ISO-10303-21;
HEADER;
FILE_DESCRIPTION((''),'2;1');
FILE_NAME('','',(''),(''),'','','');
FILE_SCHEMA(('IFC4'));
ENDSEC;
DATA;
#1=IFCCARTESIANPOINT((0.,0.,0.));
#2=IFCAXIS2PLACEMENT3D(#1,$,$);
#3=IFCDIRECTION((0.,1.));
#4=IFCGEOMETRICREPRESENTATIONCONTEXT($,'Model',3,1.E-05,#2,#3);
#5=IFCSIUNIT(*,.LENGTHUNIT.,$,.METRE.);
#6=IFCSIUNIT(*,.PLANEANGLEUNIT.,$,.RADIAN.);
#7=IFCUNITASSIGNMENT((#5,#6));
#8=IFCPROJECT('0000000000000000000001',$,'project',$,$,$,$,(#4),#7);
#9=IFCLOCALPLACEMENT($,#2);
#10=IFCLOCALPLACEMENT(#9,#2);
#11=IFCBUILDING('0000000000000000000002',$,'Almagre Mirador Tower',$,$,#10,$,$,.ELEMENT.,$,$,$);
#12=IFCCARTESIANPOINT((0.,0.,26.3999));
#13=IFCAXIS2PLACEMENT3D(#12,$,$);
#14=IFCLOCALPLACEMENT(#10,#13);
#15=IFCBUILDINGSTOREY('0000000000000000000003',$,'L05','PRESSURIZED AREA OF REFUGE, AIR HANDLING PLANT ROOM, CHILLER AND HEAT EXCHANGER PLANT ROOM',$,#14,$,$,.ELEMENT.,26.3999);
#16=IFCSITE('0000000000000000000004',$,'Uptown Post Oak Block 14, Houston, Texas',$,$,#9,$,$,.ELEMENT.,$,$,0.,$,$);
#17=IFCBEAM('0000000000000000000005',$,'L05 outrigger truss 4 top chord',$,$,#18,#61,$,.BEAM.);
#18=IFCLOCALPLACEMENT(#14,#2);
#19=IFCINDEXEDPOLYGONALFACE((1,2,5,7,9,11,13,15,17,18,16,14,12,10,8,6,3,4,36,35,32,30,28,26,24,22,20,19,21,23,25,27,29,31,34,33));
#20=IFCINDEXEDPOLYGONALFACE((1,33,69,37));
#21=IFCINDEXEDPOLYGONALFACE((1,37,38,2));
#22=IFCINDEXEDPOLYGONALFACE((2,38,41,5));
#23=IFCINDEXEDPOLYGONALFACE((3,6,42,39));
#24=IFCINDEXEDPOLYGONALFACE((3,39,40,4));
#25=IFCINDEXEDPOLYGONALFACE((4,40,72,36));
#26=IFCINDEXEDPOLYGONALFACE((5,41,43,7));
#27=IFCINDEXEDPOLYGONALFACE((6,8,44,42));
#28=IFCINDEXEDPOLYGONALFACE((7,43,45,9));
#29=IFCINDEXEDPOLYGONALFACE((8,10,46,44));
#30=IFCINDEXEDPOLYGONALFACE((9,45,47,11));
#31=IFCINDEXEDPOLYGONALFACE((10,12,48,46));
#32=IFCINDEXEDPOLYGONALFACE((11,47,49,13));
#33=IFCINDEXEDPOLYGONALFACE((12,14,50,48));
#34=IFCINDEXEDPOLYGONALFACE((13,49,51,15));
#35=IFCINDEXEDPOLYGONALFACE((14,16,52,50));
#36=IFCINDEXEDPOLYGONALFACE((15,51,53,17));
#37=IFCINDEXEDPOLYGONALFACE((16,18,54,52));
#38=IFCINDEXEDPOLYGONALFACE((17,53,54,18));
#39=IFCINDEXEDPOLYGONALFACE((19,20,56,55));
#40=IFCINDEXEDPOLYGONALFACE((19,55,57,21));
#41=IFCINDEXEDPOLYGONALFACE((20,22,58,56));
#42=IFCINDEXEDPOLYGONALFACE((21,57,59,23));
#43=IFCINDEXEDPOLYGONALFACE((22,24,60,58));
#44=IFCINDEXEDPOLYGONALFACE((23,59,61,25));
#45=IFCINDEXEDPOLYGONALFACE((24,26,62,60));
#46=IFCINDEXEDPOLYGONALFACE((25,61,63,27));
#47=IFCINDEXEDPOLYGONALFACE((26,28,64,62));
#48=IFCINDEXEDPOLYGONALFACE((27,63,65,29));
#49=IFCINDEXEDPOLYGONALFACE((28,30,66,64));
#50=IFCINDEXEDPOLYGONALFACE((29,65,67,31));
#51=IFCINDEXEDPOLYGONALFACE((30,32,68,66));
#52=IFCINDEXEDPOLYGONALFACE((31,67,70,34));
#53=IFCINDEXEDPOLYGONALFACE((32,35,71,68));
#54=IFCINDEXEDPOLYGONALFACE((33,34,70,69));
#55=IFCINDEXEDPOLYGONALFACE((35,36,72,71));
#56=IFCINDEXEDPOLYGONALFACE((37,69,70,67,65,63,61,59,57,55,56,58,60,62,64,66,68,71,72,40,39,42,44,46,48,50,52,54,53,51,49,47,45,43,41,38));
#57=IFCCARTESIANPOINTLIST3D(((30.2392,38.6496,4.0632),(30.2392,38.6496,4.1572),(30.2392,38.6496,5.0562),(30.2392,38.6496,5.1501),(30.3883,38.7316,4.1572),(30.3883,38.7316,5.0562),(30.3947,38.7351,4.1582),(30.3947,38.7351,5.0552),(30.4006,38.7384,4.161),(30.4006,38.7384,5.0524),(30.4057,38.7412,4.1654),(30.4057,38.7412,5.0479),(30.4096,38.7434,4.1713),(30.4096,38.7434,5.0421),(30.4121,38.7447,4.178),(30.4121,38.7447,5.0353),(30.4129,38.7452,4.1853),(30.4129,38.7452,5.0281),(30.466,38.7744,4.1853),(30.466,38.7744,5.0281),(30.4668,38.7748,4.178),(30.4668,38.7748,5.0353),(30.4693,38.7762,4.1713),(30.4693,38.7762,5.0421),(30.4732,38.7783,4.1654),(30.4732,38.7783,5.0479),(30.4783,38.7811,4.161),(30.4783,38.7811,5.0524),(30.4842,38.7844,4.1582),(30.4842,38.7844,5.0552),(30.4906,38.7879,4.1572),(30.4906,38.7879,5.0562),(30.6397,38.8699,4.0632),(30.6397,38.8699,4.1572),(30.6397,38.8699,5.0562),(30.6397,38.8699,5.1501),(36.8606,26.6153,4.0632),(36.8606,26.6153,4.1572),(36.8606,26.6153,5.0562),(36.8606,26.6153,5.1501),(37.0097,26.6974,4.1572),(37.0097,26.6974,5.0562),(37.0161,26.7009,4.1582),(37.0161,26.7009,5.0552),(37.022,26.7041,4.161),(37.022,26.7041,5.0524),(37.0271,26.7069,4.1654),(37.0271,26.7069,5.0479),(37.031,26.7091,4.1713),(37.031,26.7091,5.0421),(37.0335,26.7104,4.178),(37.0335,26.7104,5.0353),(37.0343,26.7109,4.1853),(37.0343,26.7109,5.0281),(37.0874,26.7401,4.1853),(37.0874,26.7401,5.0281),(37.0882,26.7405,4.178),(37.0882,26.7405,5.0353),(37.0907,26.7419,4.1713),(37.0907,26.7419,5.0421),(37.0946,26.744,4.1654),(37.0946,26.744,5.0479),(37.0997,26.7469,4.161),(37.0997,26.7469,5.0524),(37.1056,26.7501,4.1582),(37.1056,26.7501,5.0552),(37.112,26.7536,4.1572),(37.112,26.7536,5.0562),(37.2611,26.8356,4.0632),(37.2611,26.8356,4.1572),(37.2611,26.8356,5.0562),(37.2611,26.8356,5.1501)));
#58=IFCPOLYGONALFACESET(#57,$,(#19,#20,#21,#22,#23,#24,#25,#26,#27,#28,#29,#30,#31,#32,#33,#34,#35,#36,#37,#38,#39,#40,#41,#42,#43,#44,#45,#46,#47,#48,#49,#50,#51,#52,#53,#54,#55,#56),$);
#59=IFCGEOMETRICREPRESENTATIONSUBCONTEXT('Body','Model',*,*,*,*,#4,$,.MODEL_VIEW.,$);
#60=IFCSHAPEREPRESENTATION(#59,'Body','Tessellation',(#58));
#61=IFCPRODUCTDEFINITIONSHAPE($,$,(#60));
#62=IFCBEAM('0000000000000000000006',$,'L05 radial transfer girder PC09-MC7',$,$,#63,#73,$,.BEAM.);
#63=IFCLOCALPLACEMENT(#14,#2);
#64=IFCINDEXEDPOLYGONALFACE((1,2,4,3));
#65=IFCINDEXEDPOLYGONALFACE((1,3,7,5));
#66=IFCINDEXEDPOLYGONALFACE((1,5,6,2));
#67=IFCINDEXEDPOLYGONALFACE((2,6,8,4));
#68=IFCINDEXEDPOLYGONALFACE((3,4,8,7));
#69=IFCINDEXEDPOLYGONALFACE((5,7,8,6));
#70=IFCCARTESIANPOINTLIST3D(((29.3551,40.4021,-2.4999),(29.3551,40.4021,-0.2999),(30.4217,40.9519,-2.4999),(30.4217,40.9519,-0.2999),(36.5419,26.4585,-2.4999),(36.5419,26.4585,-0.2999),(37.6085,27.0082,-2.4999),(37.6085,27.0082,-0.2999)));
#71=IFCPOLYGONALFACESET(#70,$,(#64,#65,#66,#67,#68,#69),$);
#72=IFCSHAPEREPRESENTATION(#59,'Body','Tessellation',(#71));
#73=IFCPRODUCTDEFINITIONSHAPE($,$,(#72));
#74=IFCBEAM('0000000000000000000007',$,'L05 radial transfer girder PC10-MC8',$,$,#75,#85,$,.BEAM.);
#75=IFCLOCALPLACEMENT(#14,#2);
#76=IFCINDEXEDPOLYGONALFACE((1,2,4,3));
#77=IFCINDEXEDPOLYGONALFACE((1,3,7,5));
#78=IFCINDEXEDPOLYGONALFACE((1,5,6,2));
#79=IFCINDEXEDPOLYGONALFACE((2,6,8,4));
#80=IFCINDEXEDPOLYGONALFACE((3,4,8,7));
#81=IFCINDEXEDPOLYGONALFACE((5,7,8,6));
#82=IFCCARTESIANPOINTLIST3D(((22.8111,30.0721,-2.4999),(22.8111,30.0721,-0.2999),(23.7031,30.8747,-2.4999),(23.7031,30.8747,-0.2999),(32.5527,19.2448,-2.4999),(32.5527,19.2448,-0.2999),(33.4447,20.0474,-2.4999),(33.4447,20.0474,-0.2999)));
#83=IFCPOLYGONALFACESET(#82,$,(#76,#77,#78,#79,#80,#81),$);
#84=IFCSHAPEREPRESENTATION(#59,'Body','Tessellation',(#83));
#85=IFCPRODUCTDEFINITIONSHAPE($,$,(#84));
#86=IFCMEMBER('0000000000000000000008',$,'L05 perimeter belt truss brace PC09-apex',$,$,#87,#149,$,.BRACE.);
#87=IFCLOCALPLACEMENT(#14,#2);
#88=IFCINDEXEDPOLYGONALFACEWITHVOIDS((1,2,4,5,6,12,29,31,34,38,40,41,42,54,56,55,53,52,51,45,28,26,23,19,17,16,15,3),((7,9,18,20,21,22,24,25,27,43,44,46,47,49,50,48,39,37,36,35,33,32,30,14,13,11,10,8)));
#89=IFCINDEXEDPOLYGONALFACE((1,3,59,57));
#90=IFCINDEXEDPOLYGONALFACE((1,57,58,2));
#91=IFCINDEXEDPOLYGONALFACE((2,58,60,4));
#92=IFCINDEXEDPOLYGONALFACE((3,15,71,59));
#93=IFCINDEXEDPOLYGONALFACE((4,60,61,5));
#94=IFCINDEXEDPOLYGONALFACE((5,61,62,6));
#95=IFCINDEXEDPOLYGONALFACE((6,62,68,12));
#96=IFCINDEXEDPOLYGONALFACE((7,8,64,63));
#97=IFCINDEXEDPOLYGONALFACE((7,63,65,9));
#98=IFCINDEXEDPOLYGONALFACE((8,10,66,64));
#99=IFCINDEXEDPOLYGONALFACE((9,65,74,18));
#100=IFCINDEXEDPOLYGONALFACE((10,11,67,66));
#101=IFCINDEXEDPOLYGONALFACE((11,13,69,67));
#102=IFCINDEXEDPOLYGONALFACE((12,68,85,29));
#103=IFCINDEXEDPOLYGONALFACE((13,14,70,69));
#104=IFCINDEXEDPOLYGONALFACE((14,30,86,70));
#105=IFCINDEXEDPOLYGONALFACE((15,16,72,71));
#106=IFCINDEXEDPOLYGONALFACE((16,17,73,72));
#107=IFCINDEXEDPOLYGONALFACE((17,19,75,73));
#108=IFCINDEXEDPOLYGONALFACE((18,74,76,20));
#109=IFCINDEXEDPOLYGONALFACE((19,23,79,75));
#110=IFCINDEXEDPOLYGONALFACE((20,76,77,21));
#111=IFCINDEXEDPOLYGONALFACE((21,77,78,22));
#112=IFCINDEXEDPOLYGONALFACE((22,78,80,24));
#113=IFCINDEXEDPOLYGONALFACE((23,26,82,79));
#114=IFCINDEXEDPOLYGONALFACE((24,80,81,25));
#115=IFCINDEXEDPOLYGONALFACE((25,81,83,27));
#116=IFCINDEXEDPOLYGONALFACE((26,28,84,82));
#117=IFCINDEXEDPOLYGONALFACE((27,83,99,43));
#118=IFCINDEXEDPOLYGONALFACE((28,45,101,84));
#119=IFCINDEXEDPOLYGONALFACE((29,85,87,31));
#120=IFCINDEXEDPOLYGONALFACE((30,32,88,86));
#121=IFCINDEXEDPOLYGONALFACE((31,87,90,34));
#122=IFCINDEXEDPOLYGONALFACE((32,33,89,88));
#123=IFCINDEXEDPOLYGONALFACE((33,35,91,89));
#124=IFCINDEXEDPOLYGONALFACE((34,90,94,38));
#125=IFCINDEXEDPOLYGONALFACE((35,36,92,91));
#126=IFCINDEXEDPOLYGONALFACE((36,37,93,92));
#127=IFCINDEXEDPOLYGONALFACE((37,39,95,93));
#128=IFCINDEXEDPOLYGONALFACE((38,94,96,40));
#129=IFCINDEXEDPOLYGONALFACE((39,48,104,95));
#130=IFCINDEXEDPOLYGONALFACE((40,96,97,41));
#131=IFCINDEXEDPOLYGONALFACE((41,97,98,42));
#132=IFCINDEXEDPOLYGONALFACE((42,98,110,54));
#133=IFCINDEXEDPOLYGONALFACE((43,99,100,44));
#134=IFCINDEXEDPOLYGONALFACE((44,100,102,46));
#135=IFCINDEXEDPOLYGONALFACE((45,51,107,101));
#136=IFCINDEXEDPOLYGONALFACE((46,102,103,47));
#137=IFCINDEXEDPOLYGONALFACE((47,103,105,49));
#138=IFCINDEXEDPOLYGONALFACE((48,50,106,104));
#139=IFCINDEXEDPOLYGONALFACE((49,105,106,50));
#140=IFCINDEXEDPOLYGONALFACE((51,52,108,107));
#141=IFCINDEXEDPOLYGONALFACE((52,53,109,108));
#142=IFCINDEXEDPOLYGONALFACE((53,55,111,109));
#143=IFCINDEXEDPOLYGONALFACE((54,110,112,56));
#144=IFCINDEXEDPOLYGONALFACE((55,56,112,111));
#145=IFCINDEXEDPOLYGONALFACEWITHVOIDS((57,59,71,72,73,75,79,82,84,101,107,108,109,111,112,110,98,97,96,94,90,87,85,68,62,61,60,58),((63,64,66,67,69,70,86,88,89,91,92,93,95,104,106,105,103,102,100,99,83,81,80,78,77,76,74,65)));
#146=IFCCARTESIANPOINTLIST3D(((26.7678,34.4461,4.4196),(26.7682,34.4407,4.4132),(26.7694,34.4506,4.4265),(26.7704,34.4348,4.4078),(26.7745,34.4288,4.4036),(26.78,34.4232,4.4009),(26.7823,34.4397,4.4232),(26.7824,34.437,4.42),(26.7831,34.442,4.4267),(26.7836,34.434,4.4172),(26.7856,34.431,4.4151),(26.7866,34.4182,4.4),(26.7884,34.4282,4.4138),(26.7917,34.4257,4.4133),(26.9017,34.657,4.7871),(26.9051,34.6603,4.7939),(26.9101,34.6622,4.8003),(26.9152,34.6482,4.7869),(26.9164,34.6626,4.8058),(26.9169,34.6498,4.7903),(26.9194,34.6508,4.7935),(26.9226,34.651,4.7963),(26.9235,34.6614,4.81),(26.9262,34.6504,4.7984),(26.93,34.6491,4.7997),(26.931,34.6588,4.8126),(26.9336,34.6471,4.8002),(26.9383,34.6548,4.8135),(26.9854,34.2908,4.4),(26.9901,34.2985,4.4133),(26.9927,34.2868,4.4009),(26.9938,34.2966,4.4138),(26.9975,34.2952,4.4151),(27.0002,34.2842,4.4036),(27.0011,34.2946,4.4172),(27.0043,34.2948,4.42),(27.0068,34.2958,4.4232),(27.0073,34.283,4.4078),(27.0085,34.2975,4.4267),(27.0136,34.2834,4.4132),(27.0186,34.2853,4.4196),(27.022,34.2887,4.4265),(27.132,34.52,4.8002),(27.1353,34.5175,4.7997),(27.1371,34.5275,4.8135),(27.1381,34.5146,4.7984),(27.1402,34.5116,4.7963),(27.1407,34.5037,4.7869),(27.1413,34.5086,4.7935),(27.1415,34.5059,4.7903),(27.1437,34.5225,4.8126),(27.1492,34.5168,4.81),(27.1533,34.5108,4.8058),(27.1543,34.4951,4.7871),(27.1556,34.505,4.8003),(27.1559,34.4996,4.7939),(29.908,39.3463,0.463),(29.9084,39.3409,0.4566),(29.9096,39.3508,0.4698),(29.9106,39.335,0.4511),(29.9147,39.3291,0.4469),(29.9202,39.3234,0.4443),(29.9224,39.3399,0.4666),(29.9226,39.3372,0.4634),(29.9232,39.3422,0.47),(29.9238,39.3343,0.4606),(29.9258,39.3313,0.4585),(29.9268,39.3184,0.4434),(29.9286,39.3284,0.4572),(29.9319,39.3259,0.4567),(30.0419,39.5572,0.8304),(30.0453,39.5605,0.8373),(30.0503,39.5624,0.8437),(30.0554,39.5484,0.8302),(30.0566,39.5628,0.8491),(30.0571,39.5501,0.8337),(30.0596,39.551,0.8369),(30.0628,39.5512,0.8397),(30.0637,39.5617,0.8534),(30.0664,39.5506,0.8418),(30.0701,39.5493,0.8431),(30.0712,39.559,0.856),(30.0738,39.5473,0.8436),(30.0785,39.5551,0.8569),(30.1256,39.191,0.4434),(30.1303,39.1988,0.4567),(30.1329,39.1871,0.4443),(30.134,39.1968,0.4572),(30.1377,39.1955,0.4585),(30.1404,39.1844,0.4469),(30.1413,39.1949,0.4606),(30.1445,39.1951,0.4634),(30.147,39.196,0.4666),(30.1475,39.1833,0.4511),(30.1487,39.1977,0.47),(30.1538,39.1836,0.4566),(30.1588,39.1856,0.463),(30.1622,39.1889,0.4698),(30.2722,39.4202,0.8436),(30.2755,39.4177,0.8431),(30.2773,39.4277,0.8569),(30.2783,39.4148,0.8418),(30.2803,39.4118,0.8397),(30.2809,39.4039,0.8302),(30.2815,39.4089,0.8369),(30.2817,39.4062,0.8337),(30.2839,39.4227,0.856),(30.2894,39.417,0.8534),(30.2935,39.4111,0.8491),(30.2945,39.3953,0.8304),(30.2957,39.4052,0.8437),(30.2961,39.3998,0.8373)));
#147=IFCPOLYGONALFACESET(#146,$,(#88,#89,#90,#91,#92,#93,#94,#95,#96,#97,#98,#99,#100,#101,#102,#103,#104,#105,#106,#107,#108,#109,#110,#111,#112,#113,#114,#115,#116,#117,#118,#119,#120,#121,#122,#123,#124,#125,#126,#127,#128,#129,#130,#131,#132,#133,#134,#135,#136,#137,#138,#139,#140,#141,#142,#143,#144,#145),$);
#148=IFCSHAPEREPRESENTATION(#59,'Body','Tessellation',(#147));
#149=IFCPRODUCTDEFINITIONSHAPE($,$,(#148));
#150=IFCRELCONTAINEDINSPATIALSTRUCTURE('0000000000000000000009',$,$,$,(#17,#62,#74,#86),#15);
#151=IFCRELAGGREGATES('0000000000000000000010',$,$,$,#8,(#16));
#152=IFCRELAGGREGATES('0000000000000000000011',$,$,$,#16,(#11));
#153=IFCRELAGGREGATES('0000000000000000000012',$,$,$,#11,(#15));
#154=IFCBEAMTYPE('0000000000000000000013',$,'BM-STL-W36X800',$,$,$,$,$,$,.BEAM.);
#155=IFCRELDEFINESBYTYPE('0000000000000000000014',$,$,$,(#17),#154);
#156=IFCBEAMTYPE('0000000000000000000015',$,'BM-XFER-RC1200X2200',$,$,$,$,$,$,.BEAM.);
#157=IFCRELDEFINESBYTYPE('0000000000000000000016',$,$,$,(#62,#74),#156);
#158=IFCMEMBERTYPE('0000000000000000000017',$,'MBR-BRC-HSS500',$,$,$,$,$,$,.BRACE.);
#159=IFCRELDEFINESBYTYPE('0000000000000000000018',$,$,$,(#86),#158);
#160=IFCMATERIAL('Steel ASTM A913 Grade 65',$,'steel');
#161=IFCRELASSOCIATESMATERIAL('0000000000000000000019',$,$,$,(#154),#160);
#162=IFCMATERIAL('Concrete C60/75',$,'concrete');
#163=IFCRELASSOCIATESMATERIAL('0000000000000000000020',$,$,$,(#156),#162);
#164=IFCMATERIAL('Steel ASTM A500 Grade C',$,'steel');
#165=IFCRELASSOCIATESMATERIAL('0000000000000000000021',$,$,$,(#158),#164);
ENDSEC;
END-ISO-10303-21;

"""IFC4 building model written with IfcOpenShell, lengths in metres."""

from ifc_helpers import new_model, si_unit, direction, frame, origin, origin_2d, place, context, subcontext, project, spatial, rectangle, hollow_rectangle, i_section, extrude, material, material_profile, profile_set, type_object, element, save


model = new_model("IFC4")

# Units and contexts
model_context = context("Model", 3, precision=1e-05, world=origin(), true_north=direction((0.0, 1.0)))
body_context = subcontext(model_context, "Body", "Model", "MODEL_VIEW")
ifc_project = project(units=[si_unit("LENGTHUNIT", "METRE"), si_unit("PLANEANGLEUNIT", "RADIAN")], contexts=[model_context])

# Site, building, storey
site_placement = place(None, origin())
site = spatial("IfcSite", under=ifc_project, at=site_placement, Name="Uptown Post Oak Block 14, Houston, Texas", CompositionType="ELEMENT", RefElevation=0.0)
building_placement = place(site_placement, origin())
building = spatial("IfcBuilding", under=site, at=building_placement, Name="Almagre Mirador Tower", CompositionType="ELEMENT")
storey_placement = place(building_placement, frame((0.0, 0.0, 26.3999)))
storey = spatial("IfcBuildingStorey", under=building, at=storey_placement, Name="L05", Description="PRESSURIZED AREA OF REFUGE, AIR HANDLING PLANT ROOM, CHILLER AND HEAT EXCHANGER PLANT ROOM", CompositionType="ELEMENT", Elevation=26.3999)

# Beams
ifc_material_1 = material(Name="Steel ASTM A913 Grade 65", Category="steel")
ifc_material_profile_1 = material_profile(ifc_material_1, i_section(OverallWidth=0.457, OverallDepth=1.0869, WebThickness=0.0605, FlangeThickness=0.094, FilletRadius=0.0281, at=origin_2d()), Name="W36X800")
ifc_profile_set_1 = profile_set([ifc_material_profile_1], Name="Steel ASTM A913 Grade 65")
beam_type_1 = type_object("IfcBeamType", Name="BM-STL-W36X800", PredefinedType="BEAM", material=ifc_profile_set_1)
for number, where, z_axis, x_axis, name in (
    (1, (30.4395, 38.7598, 4.6067), (0.482061, -0.876138, 0.0), (0.876138, 0.482061, 0.0), "L05 outrigger truss 4 top chord"),
):
    element("IfcBeam", number, at=place(storey_placement, frame(where, z_axis=z_axis, x_axis=x_axis)), inside=storey, type_object=beam_type_1, Name=name, PredefinedType="BEAM", context=body_context, shape_type="SweptSolid", body=[
        extrude(i_section(OverallWidth=0.457, OverallDepth=1.0869, WebThickness=0.0605, FlangeThickness=0.094, FilletRadius=0.0281, at=origin_2d()), origin(), (0.0, 0.0, 1.0), 13.7356),
    ])
ifc_material_2 = material(Name="Concrete C60/75", Category="concrete")
ifc_material_profile_2 = material_profile(ifc_material_2, rectangle(XDim=1.2, YDim=2.2, at=origin_2d()), Name="RC1200X2200")
ifc_profile_set_2 = profile_set([ifc_material_profile_2], Name="Concrete C60/75")
beam_type_2 = type_object("IfcBeamType", Name="BM-XFER-RC1200X2200", PredefinedType="BEAM", material=ifc_profile_set_2)
beam_1_placement = place(storey_placement, frame((29.8884, 40.677, -1.3999), z_axis=(0.458143, -0.888879, 0.0), x_axis=(0.888879, 0.458143, 0.0)))
element("IfcBeam", 2, at=beam_1_placement, inside=storey, type_object=beam_type_2, Name="L05 radial transfer girder PC09-MC7", PredefinedType="BEAM", context=body_context, shape_type="SweptSolid", body=[
    extrude(rectangle(XDim=1.2, YDim=2.2, at=origin_2d()), origin(), (0.0, 0.0, 1.0), 15.6868),
])
beam_2_placement = place(storey_placement, frame((23.2571, 30.4734, -1.3999), z_axis=(0.668853, -0.743395, 0.0), x_axis=(0.743395, 0.668853, 0.0)))
element("IfcBeam", 3, at=beam_2_placement, inside=storey, type_object=beam_type_2, Name="L05 radial transfer girder PC10-MC8", PredefinedType="BEAM", context=body_context, shape_type="SweptSolid", body=[
    extrude(rectangle(XDim=1.2, YDim=2.2, at=origin_2d()), origin(), (0.0, 0.0, 1.0), 14.5647),
])

# Member
ifc_material_3 = material(Name="Steel ASTM A500 Grade C", Category="steel")
ifc_material_profile_3 = material_profile(ifc_material_3, hollow_rectangle(XDim=0.3, YDim=0.5, WallThickness=0.0161, InnerFilletRadius=0.0161, OuterFilletRadius=0.032, at=origin_2d()), Name="HSS500X300X16")
ifc_profile_set_3 = profile_set([ifc_material_profile_3], Name="Steel ASTM A500 Grade C")
member_type_1 = type_object("IfcMemberType", Name="MBR-BRC-HSS500", PredefinedType="BRACE", material=ifc_profile_set_3)
member_1_placement = place(storey_placement, frame((30.1021, 39.373, 0.6501), z_axis=(-0.446202, -0.696293, 0.56221), x_axis=(0.841956, -0.539546, 0.0)))
element("IfcMember", 4, at=member_1_placement, inside=storey, type_object=member_type_1, Name="L05 perimeter belt truss brace PC09-apex", PredefinedType="BRACE", context=body_context, shape_type="SweptSolid", body=[
    extrude(hollow_rectangle(XDim=0.3, YDim=0.5, WallThickness=0.0161, InnerFilletRadius=0.0161, OuterFilletRadius=0.032, at=origin_2d()), origin(), (0.0, 0.0, 1.0), 7.0376),
])

save(model, "model.ifc")
